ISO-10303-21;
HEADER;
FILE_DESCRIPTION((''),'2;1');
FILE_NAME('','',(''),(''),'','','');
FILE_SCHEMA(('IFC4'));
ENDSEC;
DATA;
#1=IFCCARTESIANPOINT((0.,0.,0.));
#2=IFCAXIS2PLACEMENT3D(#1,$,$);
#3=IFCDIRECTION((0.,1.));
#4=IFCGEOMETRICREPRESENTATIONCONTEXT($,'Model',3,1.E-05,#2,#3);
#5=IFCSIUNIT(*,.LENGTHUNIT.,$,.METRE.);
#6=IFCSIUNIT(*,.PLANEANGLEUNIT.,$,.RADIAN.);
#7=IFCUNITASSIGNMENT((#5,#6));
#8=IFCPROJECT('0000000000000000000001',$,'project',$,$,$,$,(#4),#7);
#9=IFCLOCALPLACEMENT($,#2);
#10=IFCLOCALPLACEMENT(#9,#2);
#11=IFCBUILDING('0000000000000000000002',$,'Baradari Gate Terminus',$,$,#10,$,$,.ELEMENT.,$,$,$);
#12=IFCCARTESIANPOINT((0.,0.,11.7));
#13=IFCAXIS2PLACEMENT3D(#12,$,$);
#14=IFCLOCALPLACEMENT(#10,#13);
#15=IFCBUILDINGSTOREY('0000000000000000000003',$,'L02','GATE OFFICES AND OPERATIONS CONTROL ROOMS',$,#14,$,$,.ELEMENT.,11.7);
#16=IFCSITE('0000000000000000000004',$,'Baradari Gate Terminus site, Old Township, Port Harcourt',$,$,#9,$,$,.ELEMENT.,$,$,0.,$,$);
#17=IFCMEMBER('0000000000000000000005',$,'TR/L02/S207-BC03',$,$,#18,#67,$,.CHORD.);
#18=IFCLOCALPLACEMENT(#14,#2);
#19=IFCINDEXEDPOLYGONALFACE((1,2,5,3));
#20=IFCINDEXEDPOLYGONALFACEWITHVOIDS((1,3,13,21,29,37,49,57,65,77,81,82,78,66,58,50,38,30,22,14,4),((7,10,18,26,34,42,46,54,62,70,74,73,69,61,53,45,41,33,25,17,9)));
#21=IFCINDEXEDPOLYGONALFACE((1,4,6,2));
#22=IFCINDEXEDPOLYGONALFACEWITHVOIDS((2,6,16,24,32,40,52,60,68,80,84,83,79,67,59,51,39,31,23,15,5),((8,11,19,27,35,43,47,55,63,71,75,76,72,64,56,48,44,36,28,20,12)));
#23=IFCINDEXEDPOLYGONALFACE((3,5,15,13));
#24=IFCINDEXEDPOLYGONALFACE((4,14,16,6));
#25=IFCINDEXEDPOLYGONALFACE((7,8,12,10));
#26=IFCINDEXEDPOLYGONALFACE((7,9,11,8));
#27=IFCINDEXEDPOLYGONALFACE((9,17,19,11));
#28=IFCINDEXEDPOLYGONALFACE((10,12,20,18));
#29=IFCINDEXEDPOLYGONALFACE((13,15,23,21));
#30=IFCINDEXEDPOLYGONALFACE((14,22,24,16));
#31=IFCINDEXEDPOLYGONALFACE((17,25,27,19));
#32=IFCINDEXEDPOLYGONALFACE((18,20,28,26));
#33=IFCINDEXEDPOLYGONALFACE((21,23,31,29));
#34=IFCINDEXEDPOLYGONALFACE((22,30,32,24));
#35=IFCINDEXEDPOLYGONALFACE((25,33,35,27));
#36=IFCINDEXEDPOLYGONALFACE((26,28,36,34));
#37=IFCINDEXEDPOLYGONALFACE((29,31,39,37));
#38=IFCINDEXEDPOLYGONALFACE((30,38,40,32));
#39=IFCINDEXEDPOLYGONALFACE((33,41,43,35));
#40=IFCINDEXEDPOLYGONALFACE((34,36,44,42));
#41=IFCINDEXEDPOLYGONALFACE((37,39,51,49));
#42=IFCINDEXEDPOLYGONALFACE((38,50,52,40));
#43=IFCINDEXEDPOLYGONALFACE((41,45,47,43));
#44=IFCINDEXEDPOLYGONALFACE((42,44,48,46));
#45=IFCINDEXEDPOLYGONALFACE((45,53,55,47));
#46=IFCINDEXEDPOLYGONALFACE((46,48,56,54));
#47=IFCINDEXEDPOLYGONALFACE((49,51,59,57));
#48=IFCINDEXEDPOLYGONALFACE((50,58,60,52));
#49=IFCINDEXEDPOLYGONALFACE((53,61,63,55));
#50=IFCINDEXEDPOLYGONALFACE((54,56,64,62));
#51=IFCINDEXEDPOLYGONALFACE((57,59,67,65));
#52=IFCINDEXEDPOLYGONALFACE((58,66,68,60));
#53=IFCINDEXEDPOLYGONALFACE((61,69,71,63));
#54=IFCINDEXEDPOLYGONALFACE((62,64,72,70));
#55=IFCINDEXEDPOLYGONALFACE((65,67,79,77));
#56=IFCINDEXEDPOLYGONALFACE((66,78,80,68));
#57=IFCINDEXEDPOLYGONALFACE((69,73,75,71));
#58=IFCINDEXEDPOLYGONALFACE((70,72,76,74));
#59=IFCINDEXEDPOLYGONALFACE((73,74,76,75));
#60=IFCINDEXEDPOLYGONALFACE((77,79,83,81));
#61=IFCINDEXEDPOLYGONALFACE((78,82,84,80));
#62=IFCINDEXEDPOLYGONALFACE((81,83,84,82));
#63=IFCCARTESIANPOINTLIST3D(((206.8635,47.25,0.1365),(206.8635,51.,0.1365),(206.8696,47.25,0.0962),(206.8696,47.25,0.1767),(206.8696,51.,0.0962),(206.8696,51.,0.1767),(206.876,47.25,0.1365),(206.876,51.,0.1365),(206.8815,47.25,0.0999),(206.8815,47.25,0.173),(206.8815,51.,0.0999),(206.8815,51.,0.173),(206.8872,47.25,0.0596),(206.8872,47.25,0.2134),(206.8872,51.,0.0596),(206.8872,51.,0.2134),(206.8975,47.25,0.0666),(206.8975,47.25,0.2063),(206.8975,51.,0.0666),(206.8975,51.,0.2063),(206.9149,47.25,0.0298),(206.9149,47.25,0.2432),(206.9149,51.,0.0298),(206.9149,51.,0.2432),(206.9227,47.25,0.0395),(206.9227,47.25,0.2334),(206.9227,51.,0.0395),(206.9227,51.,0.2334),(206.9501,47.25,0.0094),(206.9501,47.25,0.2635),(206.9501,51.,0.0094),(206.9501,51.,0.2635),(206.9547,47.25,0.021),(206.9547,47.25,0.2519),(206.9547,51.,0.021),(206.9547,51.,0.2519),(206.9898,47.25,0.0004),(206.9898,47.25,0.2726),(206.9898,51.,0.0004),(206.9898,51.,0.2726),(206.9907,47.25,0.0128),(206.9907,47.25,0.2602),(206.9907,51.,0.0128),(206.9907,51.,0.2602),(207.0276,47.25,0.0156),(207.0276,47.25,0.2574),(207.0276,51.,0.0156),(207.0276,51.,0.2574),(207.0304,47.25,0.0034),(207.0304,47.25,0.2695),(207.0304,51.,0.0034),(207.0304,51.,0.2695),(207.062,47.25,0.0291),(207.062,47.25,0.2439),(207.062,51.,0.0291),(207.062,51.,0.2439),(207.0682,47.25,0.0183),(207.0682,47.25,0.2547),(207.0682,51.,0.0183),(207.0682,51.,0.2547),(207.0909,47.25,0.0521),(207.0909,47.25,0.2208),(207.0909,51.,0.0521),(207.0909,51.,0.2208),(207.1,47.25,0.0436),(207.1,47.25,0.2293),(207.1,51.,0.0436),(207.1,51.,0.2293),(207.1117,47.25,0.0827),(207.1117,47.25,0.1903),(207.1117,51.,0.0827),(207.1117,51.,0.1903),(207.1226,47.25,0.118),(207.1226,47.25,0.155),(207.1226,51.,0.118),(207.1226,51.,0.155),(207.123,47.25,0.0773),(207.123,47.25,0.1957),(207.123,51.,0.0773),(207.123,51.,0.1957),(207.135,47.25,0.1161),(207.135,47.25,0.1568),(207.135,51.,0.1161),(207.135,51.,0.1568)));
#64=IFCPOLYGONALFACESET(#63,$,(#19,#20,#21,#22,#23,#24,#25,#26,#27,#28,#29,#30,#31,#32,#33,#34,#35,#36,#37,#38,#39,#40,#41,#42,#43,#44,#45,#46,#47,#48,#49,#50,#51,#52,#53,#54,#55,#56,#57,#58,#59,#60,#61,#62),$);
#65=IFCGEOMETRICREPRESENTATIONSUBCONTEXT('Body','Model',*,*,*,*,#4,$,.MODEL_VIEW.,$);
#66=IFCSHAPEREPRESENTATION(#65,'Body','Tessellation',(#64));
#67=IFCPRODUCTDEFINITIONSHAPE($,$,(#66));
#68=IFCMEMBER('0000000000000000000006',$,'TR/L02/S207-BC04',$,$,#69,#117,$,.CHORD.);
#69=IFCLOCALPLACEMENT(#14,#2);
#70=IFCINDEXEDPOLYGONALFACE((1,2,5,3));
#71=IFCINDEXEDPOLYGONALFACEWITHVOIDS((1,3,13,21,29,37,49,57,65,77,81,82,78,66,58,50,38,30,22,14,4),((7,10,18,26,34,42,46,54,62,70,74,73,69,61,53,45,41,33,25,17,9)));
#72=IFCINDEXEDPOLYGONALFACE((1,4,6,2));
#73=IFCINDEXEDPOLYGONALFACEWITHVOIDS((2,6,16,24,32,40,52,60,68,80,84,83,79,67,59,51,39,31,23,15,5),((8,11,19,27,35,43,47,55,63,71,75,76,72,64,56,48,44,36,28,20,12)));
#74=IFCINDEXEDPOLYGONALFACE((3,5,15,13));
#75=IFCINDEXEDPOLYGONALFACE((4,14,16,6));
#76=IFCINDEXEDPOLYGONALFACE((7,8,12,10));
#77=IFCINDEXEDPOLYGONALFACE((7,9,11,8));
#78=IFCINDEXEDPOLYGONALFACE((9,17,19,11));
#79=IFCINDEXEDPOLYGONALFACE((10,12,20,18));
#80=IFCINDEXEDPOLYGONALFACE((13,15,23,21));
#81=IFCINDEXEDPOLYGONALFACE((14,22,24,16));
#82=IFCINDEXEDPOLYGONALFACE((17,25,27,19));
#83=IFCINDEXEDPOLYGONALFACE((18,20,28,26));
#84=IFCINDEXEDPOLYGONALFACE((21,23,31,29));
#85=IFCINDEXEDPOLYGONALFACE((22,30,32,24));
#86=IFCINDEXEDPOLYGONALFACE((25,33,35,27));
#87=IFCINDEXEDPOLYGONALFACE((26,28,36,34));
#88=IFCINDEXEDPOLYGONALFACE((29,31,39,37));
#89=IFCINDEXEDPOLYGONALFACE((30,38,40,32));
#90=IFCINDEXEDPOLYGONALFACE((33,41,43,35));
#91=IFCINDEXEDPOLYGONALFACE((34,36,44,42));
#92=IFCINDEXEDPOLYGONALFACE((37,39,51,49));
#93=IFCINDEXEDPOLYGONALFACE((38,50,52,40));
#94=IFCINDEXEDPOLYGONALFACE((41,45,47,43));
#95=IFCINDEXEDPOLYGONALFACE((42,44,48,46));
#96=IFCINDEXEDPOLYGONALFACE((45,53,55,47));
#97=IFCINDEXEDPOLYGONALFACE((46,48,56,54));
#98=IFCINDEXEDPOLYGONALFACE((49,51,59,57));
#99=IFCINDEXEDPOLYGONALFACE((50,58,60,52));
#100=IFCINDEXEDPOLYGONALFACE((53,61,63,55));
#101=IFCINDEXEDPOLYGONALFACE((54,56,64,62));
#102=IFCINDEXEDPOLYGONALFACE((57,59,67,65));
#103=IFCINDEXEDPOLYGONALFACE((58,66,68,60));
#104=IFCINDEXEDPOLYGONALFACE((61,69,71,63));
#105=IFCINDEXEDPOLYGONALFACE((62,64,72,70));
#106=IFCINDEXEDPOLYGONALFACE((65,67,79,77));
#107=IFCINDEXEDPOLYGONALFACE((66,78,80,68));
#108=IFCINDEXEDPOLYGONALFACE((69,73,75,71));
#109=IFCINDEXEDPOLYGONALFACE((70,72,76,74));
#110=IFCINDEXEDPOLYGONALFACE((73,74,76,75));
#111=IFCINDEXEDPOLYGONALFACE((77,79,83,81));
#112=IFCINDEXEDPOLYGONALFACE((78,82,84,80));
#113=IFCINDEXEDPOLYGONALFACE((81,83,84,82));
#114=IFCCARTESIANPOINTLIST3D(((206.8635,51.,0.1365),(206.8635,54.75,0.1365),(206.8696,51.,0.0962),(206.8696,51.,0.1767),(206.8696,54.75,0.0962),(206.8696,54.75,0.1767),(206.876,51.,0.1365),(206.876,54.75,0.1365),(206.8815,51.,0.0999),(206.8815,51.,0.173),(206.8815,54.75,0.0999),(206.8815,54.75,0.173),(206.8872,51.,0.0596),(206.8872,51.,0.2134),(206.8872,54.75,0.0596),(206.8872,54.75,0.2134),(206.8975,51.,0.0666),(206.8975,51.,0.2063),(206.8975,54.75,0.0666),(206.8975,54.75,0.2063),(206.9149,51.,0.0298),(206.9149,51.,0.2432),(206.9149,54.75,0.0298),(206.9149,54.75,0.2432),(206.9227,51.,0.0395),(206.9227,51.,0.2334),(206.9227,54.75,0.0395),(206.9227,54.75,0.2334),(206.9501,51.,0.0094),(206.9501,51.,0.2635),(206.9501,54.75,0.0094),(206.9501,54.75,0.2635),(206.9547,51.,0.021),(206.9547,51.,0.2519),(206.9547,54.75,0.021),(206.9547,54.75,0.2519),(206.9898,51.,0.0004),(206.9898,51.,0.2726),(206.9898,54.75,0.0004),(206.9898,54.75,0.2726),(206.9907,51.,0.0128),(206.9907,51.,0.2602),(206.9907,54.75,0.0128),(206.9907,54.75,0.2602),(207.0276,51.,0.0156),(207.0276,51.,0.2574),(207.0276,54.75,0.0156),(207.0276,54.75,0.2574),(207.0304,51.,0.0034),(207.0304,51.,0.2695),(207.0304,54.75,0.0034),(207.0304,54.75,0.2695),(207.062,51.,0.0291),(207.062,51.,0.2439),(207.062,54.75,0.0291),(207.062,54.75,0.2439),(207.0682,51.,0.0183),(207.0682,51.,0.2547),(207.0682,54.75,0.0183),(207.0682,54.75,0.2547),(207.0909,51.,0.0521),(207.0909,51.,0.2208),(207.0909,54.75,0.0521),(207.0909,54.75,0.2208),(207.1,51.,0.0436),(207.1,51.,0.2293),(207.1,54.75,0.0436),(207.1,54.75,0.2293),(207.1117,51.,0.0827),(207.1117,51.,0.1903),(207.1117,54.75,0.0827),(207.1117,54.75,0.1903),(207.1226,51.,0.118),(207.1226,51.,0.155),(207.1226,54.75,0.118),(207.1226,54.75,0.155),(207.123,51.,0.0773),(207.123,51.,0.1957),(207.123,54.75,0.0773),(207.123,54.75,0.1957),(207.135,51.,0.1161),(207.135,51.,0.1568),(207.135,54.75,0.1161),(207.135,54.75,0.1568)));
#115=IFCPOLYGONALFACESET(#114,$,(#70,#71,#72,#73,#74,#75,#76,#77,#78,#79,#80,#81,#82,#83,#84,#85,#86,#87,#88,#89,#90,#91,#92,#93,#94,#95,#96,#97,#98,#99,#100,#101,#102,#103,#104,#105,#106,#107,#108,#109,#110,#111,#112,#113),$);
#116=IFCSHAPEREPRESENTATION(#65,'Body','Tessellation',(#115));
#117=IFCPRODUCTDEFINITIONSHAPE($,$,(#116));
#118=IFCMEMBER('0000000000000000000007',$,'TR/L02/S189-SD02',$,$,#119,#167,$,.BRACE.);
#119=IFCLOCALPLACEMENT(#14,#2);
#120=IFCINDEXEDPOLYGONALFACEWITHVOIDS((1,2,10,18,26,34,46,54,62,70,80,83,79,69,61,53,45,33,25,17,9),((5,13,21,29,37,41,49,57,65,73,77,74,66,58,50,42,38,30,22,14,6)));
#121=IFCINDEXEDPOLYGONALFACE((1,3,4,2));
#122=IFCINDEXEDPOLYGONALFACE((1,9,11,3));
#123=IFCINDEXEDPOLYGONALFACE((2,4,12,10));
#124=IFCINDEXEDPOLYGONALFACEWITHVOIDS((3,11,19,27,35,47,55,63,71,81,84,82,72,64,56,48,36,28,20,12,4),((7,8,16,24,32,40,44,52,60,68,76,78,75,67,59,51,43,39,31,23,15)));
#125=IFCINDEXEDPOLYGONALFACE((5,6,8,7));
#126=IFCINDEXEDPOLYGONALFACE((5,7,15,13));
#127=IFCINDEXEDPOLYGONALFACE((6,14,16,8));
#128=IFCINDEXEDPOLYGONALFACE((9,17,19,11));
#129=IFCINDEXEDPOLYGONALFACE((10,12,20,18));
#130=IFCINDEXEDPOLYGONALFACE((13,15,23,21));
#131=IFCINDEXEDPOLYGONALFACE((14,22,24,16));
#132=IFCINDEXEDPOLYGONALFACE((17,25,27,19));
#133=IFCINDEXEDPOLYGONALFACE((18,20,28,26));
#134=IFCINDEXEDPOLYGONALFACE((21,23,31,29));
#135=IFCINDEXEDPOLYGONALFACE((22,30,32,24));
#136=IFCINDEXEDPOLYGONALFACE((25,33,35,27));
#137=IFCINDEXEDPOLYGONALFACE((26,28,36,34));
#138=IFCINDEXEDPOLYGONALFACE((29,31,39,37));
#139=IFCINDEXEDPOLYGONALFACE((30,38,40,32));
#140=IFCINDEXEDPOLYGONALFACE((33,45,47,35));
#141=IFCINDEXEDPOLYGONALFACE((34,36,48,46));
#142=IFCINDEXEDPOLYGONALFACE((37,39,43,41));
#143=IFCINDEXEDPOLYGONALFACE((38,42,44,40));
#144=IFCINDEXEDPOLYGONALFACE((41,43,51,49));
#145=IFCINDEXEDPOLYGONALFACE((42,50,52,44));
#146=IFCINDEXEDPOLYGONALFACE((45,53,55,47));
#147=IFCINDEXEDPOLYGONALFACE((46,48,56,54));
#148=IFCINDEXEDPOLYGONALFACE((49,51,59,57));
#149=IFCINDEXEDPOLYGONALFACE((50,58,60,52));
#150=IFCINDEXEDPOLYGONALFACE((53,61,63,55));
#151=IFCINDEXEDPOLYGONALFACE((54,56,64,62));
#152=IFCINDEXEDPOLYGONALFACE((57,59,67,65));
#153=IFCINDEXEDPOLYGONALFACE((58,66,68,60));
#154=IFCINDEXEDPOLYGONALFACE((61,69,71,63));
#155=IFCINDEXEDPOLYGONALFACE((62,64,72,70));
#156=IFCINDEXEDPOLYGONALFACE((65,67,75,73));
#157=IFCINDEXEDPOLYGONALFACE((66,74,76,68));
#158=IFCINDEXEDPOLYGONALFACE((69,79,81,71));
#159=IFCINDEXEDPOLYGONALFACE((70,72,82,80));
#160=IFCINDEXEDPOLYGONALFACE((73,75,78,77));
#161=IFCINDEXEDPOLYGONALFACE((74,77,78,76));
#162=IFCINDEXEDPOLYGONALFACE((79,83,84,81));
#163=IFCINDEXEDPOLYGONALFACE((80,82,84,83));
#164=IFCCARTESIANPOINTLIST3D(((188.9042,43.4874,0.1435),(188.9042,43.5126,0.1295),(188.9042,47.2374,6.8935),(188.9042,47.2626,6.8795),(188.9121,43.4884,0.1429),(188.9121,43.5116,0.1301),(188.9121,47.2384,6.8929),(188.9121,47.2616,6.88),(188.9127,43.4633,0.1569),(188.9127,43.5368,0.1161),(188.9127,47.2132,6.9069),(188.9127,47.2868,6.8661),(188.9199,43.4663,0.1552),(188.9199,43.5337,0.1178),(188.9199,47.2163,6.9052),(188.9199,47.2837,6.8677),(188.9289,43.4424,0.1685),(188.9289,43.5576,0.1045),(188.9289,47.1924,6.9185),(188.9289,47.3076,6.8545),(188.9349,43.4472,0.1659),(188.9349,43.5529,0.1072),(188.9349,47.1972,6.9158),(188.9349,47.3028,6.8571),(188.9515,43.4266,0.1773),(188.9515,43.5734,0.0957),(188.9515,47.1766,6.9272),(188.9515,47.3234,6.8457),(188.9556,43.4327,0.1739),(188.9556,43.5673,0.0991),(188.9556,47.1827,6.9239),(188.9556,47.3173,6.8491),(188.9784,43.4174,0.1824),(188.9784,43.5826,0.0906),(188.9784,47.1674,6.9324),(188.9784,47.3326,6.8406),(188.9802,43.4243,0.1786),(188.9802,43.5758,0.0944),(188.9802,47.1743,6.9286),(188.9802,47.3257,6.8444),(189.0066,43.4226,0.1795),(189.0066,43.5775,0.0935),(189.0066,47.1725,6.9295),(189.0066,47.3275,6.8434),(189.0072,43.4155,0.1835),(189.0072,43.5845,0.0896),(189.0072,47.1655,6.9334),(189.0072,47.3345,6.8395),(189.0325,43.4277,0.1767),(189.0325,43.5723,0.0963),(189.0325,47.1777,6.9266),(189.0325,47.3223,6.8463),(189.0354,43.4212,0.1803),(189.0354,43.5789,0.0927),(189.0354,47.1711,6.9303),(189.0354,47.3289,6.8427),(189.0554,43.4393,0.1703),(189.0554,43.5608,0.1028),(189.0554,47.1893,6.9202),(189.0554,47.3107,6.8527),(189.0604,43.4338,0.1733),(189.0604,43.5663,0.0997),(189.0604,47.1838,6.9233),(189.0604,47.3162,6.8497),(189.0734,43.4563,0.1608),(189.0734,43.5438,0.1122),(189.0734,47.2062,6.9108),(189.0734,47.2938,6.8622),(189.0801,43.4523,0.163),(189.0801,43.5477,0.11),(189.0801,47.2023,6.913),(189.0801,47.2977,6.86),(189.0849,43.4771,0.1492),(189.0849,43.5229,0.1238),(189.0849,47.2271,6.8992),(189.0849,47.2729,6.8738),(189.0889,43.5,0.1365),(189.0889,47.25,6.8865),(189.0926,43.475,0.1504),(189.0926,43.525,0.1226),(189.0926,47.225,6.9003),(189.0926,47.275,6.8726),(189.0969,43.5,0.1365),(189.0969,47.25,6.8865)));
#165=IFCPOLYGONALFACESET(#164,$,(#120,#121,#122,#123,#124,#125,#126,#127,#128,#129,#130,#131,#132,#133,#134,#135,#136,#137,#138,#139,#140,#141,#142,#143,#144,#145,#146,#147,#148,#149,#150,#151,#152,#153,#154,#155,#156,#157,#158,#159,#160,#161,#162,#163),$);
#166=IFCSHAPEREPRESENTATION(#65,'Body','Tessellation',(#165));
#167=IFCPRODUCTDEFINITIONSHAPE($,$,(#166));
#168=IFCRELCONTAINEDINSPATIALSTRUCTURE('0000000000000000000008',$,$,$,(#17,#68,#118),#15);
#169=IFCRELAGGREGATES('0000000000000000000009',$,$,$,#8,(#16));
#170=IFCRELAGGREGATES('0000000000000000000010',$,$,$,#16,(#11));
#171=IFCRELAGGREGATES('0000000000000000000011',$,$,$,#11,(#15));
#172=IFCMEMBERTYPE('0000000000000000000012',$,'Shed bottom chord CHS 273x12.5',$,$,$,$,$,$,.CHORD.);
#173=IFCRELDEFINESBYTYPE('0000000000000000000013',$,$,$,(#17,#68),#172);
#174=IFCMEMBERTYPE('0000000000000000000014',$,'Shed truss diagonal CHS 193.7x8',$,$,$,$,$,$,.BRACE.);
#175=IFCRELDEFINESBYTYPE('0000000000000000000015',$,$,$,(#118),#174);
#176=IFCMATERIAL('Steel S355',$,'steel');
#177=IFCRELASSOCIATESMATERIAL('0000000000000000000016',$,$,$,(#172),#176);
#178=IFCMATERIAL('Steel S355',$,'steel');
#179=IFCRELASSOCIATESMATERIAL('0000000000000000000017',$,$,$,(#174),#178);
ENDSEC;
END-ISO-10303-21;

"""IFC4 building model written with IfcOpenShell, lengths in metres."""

from ifc_helpers import new_model, si_unit, direction, frame, origin, origin_2d, place, context, subcontext, project, spatial, hollow_circle, extrude, material, material_profile, profile_set, type_object, element, save


model = new_model("IFC4")

# Units and contexts
model_context = context("Model", 3, precision=1e-05, world=origin(), true_north=direction((0.0, 1.0)))
body_context = subcontext(model_context, "Body", "Model", "MODEL_VIEW")
ifc_project = project(units=[si_unit("LENGTHUNIT", "METRE"), si_unit("PLANEANGLEUNIT", "RADIAN")], contexts=[model_context])

# Site, building, storey
site_placement = place(None, origin())
site = spatial("IfcSite", under=ifc_project, at=site_placement, Name="Baradari Gate Terminus site, Old Township, Port Harcourt", CompositionType="ELEMENT", RefElevation=0.0)
building_placement = place(site_placement, origin())
building = spatial("IfcBuilding", under=site, at=building_placement, Name="Baradari Gate Terminus", CompositionType="ELEMENT")
storey_placement = place(building_placement, frame((0.0, 0.0, 11.7)))
storey = spatial("IfcBuildingStorey", under=building, at=storey_placement, Name="L02", Description="GATE OFFICES AND OPERATIONS CONTROL ROOMS", CompositionType="ELEMENT", Elevation=11.7)

# Members
ifc_material_1 = material(Name="Steel S355", Category="steel")
ifc_material_profile_1 = material_profile(ifc_material_1, hollow_circle(Radius=0.1365, WallThickness=0.0125, at=origin_2d()), Name="CHS 273x12.5")
ifc_profile_set_1 = profile_set([ifc_material_profile_1], Name="Steel S355")
member_type_1 = type_object("IfcMemberType", Name="Shed bottom chord CHS 273x12.5", PredefinedType="CHORD", material=ifc_profile_set_1)
for number, where, z_axis, x_axis, name in (
    (1, (207.0, 47.25, 0.1365), (0.0, 1.0, 0.0), (-1.0, 0.0, 0.0), "TR/L02/S207-BC03"),
    (2, (207.0, 51.0, 0.1365), (0.0, 1.0, 0.0), (-1.0, 0.0, 0.0), "TR/L02/S207-BC04"),
):
    element("IfcMember", number, at=place(storey_placement, frame(where, z_axis=z_axis, x_axis=x_axis)), inside=storey, type_object=member_type_1, Name=name, PredefinedType="CHORD", context=body_context, shape_type="SweptSolid", body=[
        extrude(hollow_circle(Radius=0.1365, WallThickness=0.0125, at=origin_2d()), origin(), (0.0, 0.0, 1.0), 3.75),
    ])
ifc_material_2 = material(Name="Steel S355", Category="steel")
ifc_material_profile_2 = material_profile(ifc_material_2, hollow_circle(Radius=0.0969, WallThickness=0.0081, at=origin_2d()), Name="CHS 193.7x8")
ifc_profile_set_2 = profile_set([ifc_material_profile_2], Name="Steel S355")
member_type_2 = type_object("IfcMemberType", Name="Shed truss diagonal CHS 193.7x8", PredefinedType="BRACE", material=ifc_profile_set_2)
for number, where, z_axis, x_axis, name in (
    (3, (189.0, 47.25, 6.8865), (0.0, -0.485643, -0.874157), (1.0, 0.0, 0.0), "TR/L02/S189-SD02"),
):
    element("IfcMember", number, at=place(storey_placement, frame(where, z_axis=z_axis, x_axis=x_axis)), inside=storey, type_object=member_type_2, Name=name, PredefinedType="BRACE", context=body_context, shape_type="SweptSolid", body=[
        extrude(hollow_circle(Radius=0.0969, WallThickness=0.0081, at=origin_2d()), origin(), (0.0, 0.0, 1.0), 7.7217),
    ])

save(model, "model.ifc")
